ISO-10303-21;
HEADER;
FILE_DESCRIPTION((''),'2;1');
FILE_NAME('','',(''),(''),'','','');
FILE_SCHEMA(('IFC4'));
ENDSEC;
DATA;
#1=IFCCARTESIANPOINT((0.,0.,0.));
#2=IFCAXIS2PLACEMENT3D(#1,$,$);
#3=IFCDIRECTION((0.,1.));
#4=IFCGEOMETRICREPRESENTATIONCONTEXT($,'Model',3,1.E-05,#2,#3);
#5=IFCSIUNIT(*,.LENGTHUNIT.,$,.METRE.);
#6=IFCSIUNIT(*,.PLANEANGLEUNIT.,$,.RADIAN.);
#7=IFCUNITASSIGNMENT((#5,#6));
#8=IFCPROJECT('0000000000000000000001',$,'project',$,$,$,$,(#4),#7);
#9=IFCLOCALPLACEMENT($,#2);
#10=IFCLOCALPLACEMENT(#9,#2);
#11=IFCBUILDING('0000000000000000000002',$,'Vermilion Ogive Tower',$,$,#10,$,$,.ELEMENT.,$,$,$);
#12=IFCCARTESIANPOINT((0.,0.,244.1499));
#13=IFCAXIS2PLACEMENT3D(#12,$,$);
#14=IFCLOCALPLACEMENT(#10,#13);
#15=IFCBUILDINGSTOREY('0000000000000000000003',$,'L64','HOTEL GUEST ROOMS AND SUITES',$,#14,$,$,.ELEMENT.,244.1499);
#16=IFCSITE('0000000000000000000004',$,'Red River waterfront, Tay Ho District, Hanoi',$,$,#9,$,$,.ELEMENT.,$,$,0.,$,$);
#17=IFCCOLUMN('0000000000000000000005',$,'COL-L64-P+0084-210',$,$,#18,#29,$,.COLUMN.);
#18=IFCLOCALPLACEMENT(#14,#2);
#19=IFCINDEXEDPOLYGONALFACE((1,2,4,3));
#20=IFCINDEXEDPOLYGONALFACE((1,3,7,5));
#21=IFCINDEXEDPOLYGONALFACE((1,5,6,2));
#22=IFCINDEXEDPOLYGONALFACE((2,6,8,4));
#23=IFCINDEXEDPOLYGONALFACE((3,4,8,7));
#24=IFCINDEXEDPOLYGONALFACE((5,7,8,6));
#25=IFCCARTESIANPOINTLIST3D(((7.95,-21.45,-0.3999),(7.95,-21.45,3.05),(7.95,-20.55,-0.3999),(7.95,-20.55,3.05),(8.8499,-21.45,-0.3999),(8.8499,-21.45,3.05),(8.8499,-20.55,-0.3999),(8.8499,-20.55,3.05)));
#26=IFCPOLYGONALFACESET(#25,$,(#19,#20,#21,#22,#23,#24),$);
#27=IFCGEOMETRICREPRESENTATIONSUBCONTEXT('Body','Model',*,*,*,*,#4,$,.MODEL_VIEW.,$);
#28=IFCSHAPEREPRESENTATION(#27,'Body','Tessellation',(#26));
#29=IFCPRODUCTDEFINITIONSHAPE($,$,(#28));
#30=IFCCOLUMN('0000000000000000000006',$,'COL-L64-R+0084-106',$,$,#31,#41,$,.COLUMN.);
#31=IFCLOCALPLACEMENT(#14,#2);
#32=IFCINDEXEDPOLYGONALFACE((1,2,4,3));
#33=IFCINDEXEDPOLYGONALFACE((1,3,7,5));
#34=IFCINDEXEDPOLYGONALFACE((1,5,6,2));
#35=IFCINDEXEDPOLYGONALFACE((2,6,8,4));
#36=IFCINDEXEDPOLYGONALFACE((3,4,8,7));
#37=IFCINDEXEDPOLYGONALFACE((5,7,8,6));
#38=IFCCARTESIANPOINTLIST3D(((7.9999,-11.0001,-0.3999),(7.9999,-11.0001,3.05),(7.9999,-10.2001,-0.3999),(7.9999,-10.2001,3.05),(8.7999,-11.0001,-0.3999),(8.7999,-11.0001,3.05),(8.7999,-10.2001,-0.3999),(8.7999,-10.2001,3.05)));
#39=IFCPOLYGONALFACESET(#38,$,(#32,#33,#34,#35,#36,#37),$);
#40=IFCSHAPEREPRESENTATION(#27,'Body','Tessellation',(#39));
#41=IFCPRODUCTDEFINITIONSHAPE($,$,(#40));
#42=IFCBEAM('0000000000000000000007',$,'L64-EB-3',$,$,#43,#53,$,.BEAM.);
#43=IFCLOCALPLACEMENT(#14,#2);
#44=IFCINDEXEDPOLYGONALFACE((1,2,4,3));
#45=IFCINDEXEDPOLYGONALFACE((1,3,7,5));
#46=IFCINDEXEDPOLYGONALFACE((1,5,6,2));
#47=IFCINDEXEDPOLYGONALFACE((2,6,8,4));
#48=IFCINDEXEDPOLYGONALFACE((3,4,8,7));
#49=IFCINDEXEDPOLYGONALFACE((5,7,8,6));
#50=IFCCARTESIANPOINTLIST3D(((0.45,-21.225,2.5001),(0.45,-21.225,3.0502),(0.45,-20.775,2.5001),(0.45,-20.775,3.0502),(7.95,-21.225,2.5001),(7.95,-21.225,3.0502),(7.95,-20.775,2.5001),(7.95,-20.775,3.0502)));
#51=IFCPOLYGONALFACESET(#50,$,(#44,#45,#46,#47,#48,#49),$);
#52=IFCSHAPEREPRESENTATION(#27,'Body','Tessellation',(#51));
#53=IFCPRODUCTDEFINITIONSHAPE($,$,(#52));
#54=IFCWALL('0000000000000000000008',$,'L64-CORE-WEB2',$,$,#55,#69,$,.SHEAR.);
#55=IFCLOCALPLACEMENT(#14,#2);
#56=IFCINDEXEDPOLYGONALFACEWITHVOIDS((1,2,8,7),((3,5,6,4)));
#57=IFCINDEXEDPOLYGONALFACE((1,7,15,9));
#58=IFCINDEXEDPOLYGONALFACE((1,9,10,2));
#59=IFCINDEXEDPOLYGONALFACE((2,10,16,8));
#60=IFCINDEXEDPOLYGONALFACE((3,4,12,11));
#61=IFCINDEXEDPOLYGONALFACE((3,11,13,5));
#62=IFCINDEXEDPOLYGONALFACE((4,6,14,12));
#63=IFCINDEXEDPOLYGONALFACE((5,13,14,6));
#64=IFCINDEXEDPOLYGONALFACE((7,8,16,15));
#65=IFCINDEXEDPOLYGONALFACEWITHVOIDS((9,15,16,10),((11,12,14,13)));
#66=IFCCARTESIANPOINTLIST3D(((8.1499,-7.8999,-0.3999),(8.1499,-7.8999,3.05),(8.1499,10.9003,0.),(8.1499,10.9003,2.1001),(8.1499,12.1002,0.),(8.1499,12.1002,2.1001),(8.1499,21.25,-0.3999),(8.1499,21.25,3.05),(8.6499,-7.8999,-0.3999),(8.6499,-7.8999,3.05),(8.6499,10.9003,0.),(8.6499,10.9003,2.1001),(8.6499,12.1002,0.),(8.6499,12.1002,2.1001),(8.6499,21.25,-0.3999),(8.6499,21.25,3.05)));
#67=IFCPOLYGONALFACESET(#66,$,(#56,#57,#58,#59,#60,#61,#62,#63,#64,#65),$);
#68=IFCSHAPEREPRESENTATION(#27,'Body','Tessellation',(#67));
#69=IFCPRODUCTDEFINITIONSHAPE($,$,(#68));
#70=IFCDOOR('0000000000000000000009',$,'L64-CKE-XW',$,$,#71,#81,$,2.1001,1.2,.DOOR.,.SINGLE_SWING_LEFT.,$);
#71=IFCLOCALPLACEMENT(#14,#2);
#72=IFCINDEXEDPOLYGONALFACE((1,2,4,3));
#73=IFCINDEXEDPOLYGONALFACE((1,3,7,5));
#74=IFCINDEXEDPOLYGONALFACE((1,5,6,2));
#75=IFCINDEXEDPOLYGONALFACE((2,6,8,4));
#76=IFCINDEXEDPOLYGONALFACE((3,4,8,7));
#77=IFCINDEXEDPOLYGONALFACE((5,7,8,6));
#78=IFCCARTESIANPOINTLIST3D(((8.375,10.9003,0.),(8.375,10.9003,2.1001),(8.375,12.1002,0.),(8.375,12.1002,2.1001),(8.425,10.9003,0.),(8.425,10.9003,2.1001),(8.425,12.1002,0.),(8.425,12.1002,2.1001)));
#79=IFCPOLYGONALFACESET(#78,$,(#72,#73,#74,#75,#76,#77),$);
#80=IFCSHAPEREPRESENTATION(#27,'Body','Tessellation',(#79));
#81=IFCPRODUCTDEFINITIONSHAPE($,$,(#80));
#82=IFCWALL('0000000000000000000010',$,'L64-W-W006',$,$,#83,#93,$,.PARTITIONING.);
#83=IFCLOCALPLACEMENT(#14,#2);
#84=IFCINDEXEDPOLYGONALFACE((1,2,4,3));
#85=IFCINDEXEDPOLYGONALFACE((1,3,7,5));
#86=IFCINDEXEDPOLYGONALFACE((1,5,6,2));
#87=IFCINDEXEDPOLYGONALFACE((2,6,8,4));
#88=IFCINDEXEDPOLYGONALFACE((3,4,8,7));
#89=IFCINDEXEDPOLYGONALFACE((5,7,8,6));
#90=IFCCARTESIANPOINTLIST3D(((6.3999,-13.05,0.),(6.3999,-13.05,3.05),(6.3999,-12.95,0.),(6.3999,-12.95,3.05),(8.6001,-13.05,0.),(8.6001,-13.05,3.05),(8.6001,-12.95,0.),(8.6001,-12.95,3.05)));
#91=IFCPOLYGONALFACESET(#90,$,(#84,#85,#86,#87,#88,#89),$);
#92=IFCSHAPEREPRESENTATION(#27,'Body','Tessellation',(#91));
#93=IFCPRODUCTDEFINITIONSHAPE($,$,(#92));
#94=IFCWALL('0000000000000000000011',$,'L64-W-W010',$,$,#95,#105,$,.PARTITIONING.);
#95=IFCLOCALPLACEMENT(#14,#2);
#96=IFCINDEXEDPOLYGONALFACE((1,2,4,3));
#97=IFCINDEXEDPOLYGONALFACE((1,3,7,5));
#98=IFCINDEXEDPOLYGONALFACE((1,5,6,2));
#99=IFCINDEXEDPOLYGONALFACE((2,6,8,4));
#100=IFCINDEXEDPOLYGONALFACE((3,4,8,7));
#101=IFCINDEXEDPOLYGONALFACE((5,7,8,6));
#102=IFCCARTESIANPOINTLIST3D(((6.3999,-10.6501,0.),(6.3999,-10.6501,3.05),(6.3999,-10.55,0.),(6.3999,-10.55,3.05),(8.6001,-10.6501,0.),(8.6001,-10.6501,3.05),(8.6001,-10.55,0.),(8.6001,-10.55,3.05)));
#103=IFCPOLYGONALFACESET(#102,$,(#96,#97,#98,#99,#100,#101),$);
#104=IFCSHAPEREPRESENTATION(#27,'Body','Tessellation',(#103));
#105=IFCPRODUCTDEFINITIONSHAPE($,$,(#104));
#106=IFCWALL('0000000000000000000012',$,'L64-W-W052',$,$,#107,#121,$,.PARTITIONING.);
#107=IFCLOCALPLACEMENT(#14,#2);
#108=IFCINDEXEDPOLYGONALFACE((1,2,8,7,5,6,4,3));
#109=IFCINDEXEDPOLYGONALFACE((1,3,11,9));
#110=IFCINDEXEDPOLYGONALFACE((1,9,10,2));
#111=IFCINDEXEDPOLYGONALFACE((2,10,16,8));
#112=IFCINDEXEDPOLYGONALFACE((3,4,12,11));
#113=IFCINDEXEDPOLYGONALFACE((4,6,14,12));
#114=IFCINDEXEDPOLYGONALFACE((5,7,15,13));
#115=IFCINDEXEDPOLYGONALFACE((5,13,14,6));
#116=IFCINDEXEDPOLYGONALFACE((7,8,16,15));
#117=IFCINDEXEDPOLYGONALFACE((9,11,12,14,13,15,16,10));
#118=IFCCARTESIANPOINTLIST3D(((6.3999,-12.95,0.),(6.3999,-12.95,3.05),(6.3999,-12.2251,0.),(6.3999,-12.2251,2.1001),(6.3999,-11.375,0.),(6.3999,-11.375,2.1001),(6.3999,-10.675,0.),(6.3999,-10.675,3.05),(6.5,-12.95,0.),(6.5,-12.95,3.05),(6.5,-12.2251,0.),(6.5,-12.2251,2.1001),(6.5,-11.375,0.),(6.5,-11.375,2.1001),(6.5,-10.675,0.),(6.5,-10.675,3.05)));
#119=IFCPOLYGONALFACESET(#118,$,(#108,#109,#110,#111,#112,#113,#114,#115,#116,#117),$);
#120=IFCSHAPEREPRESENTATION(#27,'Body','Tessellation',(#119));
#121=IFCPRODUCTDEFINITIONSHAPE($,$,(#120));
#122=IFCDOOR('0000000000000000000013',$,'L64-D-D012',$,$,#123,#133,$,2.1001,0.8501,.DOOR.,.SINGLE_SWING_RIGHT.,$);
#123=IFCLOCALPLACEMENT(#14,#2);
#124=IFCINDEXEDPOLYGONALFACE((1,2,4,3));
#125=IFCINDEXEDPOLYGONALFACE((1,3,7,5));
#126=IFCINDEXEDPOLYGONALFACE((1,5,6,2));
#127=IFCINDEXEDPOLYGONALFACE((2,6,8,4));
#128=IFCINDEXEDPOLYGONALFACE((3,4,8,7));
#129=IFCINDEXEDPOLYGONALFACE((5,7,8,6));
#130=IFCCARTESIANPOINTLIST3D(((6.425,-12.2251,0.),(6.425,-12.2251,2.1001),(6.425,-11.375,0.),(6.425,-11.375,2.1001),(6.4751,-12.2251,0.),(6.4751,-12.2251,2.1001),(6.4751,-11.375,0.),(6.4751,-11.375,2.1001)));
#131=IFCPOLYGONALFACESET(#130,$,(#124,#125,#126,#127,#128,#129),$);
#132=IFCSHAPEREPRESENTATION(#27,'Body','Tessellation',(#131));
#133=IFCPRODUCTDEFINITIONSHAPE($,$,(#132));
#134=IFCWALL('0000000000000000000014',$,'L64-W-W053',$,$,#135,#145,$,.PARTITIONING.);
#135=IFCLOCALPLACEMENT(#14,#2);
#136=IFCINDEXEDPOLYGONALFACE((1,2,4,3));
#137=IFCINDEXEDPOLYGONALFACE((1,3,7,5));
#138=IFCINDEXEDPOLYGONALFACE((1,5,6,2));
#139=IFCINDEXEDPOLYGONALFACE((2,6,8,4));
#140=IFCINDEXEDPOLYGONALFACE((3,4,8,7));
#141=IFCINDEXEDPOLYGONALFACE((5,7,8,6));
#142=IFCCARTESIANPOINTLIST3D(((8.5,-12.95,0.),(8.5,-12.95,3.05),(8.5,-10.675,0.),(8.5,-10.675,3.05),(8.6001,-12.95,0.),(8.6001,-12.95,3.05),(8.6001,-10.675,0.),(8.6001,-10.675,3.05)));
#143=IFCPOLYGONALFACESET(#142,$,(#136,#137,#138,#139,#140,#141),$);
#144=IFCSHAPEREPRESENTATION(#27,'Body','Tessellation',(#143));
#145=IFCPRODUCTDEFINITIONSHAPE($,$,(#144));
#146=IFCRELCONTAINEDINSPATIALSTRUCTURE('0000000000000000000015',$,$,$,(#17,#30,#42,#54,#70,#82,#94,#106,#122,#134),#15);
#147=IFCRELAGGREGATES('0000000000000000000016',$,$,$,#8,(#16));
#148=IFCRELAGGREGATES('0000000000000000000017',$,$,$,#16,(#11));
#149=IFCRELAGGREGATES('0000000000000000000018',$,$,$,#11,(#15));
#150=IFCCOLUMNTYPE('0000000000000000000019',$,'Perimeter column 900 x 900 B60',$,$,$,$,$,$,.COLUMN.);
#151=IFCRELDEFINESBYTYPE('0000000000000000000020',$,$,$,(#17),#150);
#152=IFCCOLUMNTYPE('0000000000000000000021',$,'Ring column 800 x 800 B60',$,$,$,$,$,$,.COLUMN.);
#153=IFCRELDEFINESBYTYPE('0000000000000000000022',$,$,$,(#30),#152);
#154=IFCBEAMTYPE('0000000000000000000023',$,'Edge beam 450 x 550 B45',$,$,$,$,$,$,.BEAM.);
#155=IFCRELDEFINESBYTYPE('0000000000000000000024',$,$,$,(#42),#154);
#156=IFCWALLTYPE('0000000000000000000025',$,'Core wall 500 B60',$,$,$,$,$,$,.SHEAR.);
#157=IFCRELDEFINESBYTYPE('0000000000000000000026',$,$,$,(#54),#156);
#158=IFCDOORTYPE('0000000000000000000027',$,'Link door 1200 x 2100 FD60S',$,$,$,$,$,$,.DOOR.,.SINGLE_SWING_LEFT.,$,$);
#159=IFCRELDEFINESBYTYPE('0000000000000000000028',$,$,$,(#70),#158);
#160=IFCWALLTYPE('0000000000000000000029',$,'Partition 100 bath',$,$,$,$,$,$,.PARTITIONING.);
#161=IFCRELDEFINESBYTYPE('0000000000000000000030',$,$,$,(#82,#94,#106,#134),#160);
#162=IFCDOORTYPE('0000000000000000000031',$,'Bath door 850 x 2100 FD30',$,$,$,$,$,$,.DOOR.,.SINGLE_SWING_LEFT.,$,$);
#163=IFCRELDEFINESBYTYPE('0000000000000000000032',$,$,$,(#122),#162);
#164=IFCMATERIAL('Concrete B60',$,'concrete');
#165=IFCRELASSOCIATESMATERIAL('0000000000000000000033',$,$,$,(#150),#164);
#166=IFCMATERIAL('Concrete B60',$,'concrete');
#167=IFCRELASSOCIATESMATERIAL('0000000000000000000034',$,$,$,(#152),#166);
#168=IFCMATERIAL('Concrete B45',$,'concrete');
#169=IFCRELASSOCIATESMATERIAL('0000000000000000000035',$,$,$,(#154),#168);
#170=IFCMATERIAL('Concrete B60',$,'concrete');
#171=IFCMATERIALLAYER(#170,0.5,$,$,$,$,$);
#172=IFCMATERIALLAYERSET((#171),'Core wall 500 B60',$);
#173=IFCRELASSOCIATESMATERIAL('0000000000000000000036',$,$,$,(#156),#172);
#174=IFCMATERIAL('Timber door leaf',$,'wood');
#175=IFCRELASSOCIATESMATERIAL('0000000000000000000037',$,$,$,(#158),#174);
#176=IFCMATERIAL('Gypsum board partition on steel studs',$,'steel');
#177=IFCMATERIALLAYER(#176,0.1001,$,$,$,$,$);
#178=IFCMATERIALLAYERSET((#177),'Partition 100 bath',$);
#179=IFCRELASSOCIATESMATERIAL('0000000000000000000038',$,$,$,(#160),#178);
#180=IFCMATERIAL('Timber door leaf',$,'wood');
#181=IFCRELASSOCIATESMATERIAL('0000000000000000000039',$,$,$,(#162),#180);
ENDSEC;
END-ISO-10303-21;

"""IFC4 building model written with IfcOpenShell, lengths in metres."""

from ifc_helpers import new_model, si_unit, direction, frame, frame_2d, origin, origin_2d, place, context, subcontext, project, spatial, rectangle, extrude, material, layer, layer_set, material_profile, profile_set, type_object, element, fill, save


model = new_model("IFC4")

# Units and contexts
model_context = context("Model", 3, precision=1e-05, world=origin(), true_north=direction((0.0, 1.0)))
body_context = subcontext(model_context, "Body", "Model", "MODEL_VIEW")
ifc_project = project(units=[si_unit("LENGTHUNIT", "METRE"), si_unit("PLANEANGLEUNIT", "RADIAN")], contexts=[model_context])

# Site, building, storey
site_placement = place(None, origin())
site = spatial("IfcSite", under=ifc_project, at=site_placement, Name="Red River waterfront, Tay Ho District, Hanoi", CompositionType="ELEMENT", RefElevation=0.0)
building_placement = place(site_placement, origin())
building = spatial("IfcBuilding", under=site, at=building_placement, Name="Vermilion Ogive Tower", CompositionType="ELEMENT")
storey_placement = place(building_placement, frame((0.0, 0.0, 244.1499)))
storey = spatial("IfcBuildingStorey", under=building, at=storey_placement, Name="L64", Description="HOTEL GUEST ROOMS AND SUITES", CompositionType="ELEMENT", Elevation=244.1499)

# Columns
ifc_material_1 = material(Name="Concrete B60", Category="concrete")
ifc_material_profile_1 = material_profile(ifc_material_1, rectangle(XDim=0.8999, YDim=0.8999, at=origin_2d()), Name="900 x 900")
ifc_profile_set_1 = profile_set([ifc_material_profile_1], Name="Concrete B60")
column_type_1 = type_object("IfcColumnType", Name="Perimeter column 900 x 900 B60", PredefinedType="COLUMN", material=ifc_profile_set_1)
column_1_placement = place(storey_placement, frame((8.3999, -21.0, -0.3999), z_axis=(0.0, 0.0, 1.0), x_axis=(1.0, 0.0, 0.0)))
element("IfcColumn", 1, at=column_1_placement, inside=storey, type_object=column_type_1, Name="COL-L64-P+0084-210", PredefinedType="COLUMN", context=body_context, shape_type="SweptSolid", body=[
    extrude(rectangle(XDim=0.8999, YDim=0.8999, at=origin_2d()), origin(), (0.0, 0.0, 1.0), 3.45),
])
ifc_material_2 = material(Name="Concrete B60", Category="concrete")
ifc_material_profile_2 = material_profile(ifc_material_2, rectangle(XDim=0.8, YDim=0.8, at=origin_2d()), Name="800 x 800")
ifc_profile_set_2 = profile_set([ifc_material_profile_2], Name="Concrete B60")
column_type_2 = type_object("IfcColumnType", Name="Ring column 800 x 800 B60", PredefinedType="COLUMN", material=ifc_profile_set_2)
column_2_placement = place(storey_placement, frame((8.3999, -10.6001, -0.3999), z_axis=(0.0, 0.0, 1.0), x_axis=(1.0, 0.0, 0.0)))
element("IfcColumn", 2, at=column_2_placement, inside=storey, type_object=column_type_2, Name="COL-L64-R+0084-106", PredefinedType="COLUMN", context=body_context, shape_type="SweptSolid", body=[
    extrude(rectangle(XDim=0.8, YDim=0.8, at=origin_2d()), origin(), (0.0, 0.0, 1.0), 3.45),
])

# Beam
ifc_material_3 = material(Name="Concrete B45", Category="concrete")
ifc_material_profile_3 = material_profile(ifc_material_3, rectangle(XDim=0.45, YDim=0.55, at=origin_2d()), Name="450 x 550")
ifc_profile_set_3 = profile_set([ifc_material_profile_3], Name="Concrete B45")
beam_type = type_object("IfcBeamType", Name="Edge beam 450 x 550 B45", PredefinedType="BEAM", material=ifc_profile_set_3)
beam_placement = place(storey_placement, frame((0.45, -21.0, 2.7751), z_axis=(1.0, 0.0, 0.0), x_axis=(0.0, 1.0, 0.0)))
element("IfcBeam", 3, at=beam_placement, inside=storey, type_object=beam_type, Name="L64-EB-3", PredefinedType="BEAM", context=body_context, shape_type="SweptSolid", body=[
    extrude(rectangle(XDim=0.45, YDim=0.55, at=origin_2d()), origin(), (0.0, 0.0, 1.0), 7.5),
])

# Wall, opening, door
ifc_material_4 = material(Name="Concrete B60", Category="concrete")
ifc_layer_1 = layer(ifc_material_4, 0.5)
ifc_layer_set_1 = layer_set([ifc_layer_1], Name="Core wall 500 B60")
wall_type_1 = type_object("IfcWallType", Name="Core wall 500 B60", PredefinedType="SHEAR", material=ifc_layer_set_1)
wall_1_placement = place(storey_placement, frame((8.3999, -7.8999, -0.3999), z_axis=(0.0, 0.0, 1.0), x_axis=(0.0, 1.0, 0.0)))
wall_1 = element("IfcWall", 4, at=wall_1_placement, inside=storey, type_object=wall_type_1, Name="L64-CORE-WEB2", PredefinedType="SHEAR", context=body_context, shape_type="SweptSolid", body=[
    extrude(rectangle(XDim=29.1499, YDim=0.5, at=frame_2d((14.575, 0.0))), origin(), (0.0, 0.0, 1.0), 3.45),
])
opening_1_placement = place(wall_1_placement, frame((18.8, 0.0, 0.3999)))
opening_1 = element("IfcOpeningElement", 5, at=opening_1_placement, cuts=wall_1, PredefinedType="OPENING", context=body_context, shape_type="SweptSolid", body=[
    extrude(rectangle(XDim=1.2, YDim=2.1001, at=frame_2d((0.6001, 1.05))), frame((0.0, 0.26, 0.0), z_axis=(0.0, -1.0, 0.0), x_axis=(1.0, 0.0, 0.0)), (0.0, 0.0, 1.0), 0.52),
])
ifc_material_5 = material(Name="Timber door leaf", Category="wood")
door_type_1 = type_object("IfcDoorType", Name="Link door 1200 x 2100 FD60S", OperationType="SINGLE_SWING_LEFT", PredefinedType="DOOR", material=ifc_material_5)
door_1_placement = place(opening_1_placement, origin())
door_1 = element("IfcDoor", 6, at=door_1_placement, inside=storey, type_object=door_type_1, Name="L64-CKE-XW", OperationType="SINGLE_SWING_LEFT", OverallHeight=2.1001, OverallWidth=1.2, PredefinedType="DOOR", context=body_context, shape_type="SweptSolid", body=[
    extrude(rectangle(XDim=1.2, YDim=2.1001, at=frame_2d((0.6001, 1.05))), frame((0.0, 0.0249, 0.0), z_axis=(0.0, -1.0, 0.0), x_axis=(1.0, 0.0, 0.0)), (0.0, 0.0, 1.0), 0.05),
])
fill(opening_1, door_1)

# Walls
ifc_material_6 = material(Name="Gypsum board partition on steel studs", Category="steel")
ifc_layer_2 = layer(ifc_material_6, 0.1001)
ifc_layer_set_2 = layer_set([ifc_layer_2], Name="Partition 100 bath")
wall_type_2 = type_object("IfcWallType", Name="Partition 100 bath", PredefinedType="PARTITIONING", material=ifc_layer_set_2)
for number, where, z_axis, x_axis, name in (
    (7, (6.3999, -13.0, 0.0), (0.0, 0.0, 1.0), (1.0, 0.0, 0.0), "L64-W-W006"),
    (8, (6.3999, -10.6001, 0.0), (0.0, 0.0, 1.0), (1.0, 0.0, 0.0), "L64-W-W010"),
):
    element("IfcWall", number, at=place(storey_placement, frame(where, z_axis=z_axis, x_axis=x_axis)), inside=storey, type_object=wall_type_2, Name=name, PredefinedType="PARTITIONING", context=body_context, shape_type="SweptSolid", body=[
        extrude(rectangle(XDim=2.2002, YDim=0.1001, at=frame_2d((1.1001, 0.0))), origin(), (0.0, 0.0, 1.0), 3.05),
    ])

# Wall, opening, door
wall_2_placement = place(storey_placement, frame((6.45, -12.95, 0.0), z_axis=(0.0, 0.0, 1.0), x_axis=(0.0, 1.0, 0.0)))
wall_2 = element("IfcWall", 9, at=wall_2_placement, inside=storey, type_object=wall_type_2, Name="L64-W-W052", PredefinedType="PARTITIONING", context=body_context, shape_type="SweptSolid", body=[
    extrude(rectangle(XDim=2.2749, YDim=0.1001, at=frame_2d((1.1375, 0.0))), origin(), (0.0, 0.0, 1.0), 3.05),
])
opening_2_placement = place(wall_2_placement, frame((0.7249, 0.0, 0.0)))
opening_2 = element("IfcOpeningElement", 10, at=opening_2_placement, cuts=wall_2, PredefinedType="OPENING", context=body_context, shape_type="SweptSolid", body=[
    extrude(rectangle(XDim=0.8501, YDim=2.1001, at=frame_2d((0.425, 1.05))), frame((0.0, 0.0601, 0.0), z_axis=(0.0, -1.0, 0.0), x_axis=(1.0, 0.0, 0.0)), (0.0, 0.0, 1.0), 0.1201),
])
ifc_material_7 = material(Name="Timber door leaf", Category="wood")
door_type_2 = type_object("IfcDoorType", Name="Bath door 850 x 2100 FD30", OperationType="SINGLE_SWING_LEFT", PredefinedType="DOOR", material=ifc_material_7)
door_2_placement = place(opening_2_placement, origin())
door_2 = element("IfcDoor", 11, at=door_2_placement, inside=storey, type_object=door_type_2, Name="L64-D-D012", OperationType="SINGLE_SWING_RIGHT", OverallHeight=2.1001, OverallWidth=0.8501, PredefinedType="DOOR", context=body_context, shape_type="SweptSolid", body=[
    extrude(rectangle(XDim=0.8501, YDim=2.1001, at=frame_2d((0.425, 1.05))), frame((0.0, 0.0249, 0.0), z_axis=(0.0, -1.0, 0.0), x_axis=(1.0, 0.0, 0.0)), (0.0, 0.0, 1.0), 0.05),
])
fill(opening_2, door_2)

# Wall
wall_3_placement = place(storey_placement, frame((8.55, -12.95, 0.0), z_axis=(0.0, 0.0, 1.0), x_axis=(0.0, 1.0, 0.0)))
element("IfcWall", 12, at=wall_3_placement, inside=storey, type_object=wall_type_2, Name="L64-W-W053", PredefinedType="PARTITIONING", context=body_context, shape_type="SweptSolid", body=[
    extrude(rectangle(XDim=2.2749, YDim=0.1001, at=frame_2d((1.1375, 0.0))), origin(), (0.0, 0.0, 1.0), 3.05),
])

save(model, "model.ifc")
